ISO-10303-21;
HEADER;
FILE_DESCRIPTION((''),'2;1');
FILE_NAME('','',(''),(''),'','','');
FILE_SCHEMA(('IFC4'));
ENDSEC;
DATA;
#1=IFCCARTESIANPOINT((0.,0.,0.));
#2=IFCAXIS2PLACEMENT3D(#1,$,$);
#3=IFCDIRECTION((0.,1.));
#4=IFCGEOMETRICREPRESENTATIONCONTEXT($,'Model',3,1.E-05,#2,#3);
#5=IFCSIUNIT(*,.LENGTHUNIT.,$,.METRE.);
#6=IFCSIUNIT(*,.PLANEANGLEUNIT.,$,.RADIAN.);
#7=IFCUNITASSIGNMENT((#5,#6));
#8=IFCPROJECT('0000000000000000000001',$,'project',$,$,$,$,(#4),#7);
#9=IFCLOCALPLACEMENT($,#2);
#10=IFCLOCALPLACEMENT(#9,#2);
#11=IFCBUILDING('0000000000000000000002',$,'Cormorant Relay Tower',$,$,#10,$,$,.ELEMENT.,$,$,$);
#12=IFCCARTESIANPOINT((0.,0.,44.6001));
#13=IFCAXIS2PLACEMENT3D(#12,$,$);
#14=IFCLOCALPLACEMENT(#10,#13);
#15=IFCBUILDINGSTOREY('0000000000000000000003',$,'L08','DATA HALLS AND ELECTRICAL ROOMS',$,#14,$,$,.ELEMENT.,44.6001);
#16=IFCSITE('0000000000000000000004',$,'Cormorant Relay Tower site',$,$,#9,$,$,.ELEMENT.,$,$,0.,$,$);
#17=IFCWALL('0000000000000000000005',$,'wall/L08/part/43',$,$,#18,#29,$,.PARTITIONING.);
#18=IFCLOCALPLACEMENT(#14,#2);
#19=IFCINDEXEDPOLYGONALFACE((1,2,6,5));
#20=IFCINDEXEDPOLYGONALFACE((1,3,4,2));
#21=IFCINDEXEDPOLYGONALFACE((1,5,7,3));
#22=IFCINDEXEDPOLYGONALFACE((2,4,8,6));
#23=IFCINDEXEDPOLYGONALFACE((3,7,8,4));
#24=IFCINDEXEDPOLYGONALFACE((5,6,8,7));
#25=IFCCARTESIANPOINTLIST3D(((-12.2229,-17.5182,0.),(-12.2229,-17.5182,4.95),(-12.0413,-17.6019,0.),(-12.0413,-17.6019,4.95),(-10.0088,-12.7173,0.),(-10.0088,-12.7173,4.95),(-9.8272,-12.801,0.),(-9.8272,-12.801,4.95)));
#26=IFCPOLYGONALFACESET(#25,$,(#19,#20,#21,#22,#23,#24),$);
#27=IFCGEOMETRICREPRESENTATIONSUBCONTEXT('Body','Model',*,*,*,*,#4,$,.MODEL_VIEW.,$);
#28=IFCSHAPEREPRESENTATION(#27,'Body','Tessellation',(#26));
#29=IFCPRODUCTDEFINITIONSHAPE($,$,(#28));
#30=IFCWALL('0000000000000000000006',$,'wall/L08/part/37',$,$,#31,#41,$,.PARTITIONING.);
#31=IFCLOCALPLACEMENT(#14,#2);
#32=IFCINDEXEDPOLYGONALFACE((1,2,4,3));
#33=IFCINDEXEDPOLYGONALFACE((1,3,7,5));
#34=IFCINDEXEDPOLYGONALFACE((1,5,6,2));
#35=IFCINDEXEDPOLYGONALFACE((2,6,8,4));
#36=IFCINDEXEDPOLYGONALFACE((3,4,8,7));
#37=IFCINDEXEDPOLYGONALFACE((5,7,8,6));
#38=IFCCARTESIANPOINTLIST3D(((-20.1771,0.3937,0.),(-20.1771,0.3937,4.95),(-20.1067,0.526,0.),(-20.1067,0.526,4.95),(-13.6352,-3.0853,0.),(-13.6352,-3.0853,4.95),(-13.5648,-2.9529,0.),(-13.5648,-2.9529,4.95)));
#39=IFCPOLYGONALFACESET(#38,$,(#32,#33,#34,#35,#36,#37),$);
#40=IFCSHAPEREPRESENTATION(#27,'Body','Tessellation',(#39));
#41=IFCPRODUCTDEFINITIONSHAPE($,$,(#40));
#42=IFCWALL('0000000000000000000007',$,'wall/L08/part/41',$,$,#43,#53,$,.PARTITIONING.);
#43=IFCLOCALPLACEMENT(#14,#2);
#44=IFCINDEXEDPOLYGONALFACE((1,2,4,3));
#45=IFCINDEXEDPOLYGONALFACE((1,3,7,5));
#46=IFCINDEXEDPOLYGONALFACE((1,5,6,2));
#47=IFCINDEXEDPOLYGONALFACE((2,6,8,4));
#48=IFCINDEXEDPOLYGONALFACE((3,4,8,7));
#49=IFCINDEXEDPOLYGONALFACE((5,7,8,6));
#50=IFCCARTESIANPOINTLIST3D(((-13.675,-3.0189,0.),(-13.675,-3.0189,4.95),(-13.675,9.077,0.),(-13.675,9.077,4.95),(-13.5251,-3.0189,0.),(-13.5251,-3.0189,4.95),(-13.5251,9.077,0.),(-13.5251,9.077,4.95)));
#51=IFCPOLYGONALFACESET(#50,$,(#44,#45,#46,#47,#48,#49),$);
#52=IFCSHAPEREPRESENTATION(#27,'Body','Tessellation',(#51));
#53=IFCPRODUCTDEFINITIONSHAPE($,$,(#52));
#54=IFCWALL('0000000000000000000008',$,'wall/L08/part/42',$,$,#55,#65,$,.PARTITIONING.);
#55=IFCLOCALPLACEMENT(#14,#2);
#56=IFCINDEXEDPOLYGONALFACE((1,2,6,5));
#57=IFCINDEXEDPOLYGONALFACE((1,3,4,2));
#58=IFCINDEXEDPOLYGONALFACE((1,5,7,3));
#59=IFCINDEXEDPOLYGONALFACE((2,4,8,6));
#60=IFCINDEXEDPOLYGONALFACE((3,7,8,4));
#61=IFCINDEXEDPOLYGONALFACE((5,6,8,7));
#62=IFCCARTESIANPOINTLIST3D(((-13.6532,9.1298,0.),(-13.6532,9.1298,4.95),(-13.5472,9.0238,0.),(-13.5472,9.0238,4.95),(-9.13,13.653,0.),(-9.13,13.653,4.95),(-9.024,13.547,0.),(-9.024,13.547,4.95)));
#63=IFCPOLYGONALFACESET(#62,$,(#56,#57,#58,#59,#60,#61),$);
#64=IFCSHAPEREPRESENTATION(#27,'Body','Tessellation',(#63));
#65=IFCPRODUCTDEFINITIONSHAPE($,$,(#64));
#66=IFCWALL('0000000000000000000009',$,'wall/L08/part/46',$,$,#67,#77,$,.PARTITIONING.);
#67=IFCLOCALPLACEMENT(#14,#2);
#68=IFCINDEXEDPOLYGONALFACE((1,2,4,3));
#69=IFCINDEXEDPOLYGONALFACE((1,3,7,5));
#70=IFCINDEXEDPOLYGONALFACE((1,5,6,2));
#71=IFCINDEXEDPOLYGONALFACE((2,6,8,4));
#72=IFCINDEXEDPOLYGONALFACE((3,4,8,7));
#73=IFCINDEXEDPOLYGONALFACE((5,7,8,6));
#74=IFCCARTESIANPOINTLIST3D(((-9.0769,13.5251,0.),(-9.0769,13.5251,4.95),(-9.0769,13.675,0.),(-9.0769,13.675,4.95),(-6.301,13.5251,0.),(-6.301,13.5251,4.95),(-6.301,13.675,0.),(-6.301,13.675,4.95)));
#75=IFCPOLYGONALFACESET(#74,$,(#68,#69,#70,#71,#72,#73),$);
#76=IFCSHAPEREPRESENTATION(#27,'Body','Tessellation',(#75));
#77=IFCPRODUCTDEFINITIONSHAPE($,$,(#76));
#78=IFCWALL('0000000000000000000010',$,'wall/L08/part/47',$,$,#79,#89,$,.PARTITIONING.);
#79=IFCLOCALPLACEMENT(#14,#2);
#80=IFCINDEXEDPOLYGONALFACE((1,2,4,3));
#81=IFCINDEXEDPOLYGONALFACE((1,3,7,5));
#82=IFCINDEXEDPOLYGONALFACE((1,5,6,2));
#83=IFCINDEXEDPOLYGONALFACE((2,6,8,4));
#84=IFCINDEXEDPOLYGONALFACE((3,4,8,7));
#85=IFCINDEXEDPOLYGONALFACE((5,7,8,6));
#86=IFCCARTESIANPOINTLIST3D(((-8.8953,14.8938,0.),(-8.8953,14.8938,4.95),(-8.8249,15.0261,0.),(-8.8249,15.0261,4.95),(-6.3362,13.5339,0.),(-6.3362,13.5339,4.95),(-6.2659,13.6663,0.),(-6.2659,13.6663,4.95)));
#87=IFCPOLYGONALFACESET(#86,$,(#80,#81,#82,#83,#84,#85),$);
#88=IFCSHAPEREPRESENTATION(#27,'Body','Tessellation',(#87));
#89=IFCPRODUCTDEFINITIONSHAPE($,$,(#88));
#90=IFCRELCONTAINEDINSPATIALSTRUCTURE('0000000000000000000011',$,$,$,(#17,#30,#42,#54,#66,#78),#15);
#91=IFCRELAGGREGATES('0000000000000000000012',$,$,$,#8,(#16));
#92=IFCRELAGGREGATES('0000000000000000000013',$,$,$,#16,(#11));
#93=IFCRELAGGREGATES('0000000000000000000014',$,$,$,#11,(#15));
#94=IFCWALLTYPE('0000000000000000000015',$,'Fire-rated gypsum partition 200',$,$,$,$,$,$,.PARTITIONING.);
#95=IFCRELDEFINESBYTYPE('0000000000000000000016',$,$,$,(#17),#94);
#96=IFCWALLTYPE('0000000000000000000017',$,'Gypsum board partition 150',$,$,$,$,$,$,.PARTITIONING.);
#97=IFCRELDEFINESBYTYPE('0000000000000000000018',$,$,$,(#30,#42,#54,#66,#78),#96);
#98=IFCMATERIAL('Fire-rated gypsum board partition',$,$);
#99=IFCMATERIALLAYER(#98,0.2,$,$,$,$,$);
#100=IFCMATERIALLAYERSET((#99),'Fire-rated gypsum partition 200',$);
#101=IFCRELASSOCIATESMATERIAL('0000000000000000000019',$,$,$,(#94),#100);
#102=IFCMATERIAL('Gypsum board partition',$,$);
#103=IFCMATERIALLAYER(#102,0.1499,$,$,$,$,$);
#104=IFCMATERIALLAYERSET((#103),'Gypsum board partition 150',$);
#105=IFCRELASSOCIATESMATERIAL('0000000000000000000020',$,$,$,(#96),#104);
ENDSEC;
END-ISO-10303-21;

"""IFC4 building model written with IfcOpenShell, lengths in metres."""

from ifc_helpers import new_model, si_unit, direction, frame, frame_2d, origin, place, context, subcontext, project, spatial, rectangle, extrude, material, layer, layer_set, type_object, element, save


model = new_model("IFC4")

# Units and contexts
model_context = context("Model", 3, precision=1e-05, world=origin(), true_north=direction((0.0, 1.0)))
body_context = subcontext(model_context, "Body", "Model", "MODEL_VIEW")
ifc_project = project(units=[si_unit("LENGTHUNIT", "METRE"), si_unit("PLANEANGLEUNIT", "RADIAN")], contexts=[model_context])

# Site, building, storey
site_placement = place(None, origin())
site = spatial("IfcSite", under=ifc_project, at=site_placement, Name="Cormorant Relay Tower site", CompositionType="ELEMENT", RefElevation=0.0)
building_placement = place(site_placement, origin())
building = spatial("IfcBuilding", under=site, at=building_placement, Name="Cormorant Relay Tower", CompositionType="ELEMENT")
storey_placement = place(building_placement, frame((0.0, 0.0, 44.6001)))
storey = spatial("IfcBuildingStorey", under=building, at=storey_placement, Name="L08", Description="DATA HALLS AND ELECTRICAL ROOMS", CompositionType="ELEMENT", Elevation=44.6001)

# Walls
ifc_material_1 = material(Name="Fire-rated gypsum board partition")
ifc_layer_1 = layer(ifc_material_1, 0.2)
ifc_layer_set_1 = layer_set([ifc_layer_1], Name="Fire-rated gypsum partition 200")
wall_type_1 = type_object("IfcWallType", Name="Fire-rated gypsum partition 200", PredefinedType="PARTITIONING", material=ifc_layer_set_1)
wall_1_placement = place(storey_placement, frame((-9.918, -12.759, 0.0), z_axis=(0.0, 0.0, 1.0), x_axis=(-0.418786, -0.908085, 0.0)))
element("IfcWall", 1, at=wall_1_placement, inside=storey, type_object=wall_type_1, Name="wall/L08/part/43", PredefinedType="PARTITIONING", context=body_context, shape_type="SweptSolid", body=[
    extrude(rectangle(XDim=5.2869, YDim=0.2, at=frame_2d((2.6436, 0.0))), origin(), (0.0, 0.0, 1.0), 4.95),
])
ifc_material_2 = material(Name="Gypsum board partition")
ifc_layer_2 = layer(ifc_material_2, 0.1499)
ifc_layer_set_2 = layer_set([ifc_layer_2], Name="Gypsum board partition 150")
wall_type_2 = type_object("IfcWallType", Name="Gypsum board partition 150", PredefinedType="PARTITIONING", material=ifc_layer_set_2)
wall_2_placement = place(storey_placement, frame((-13.6001, -3.019, 0.0), z_axis=(0.0, 0.0, 1.0), x_axis=(-0.882916, 0.469531, 0.0)))
element("IfcWall", 2, at=wall_2_placement, inside=storey, type_object=wall_type_2, Name="wall/L08/part/37", PredefinedType="PARTITIONING", context=body_context, shape_type="SweptSolid", body=[
    extrude(rectangle(XDim=7.4094, YDim=0.1499, at=frame_2d((3.7046, 0.0))), origin(), (0.0, 0.0, 1.0), 4.95),
])
wall_3_placement = place(storey_placement, frame((-13.6001, 9.0769, 0.0), z_axis=(0.0, 0.0, 1.0), x_axis=(0.0, -1.0, 0.0)))
element("IfcWall", 3, at=wall_3_placement, inside=storey, type_object=wall_type_2, Name="wall/L08/part/41", PredefinedType="PARTITIONING", context=body_context, shape_type="SweptSolid", body=[
    extrude(rectangle(XDim=12.0959, YDim=0.1499, at=frame_2d((6.0479, 0.0))), origin(), (0.0, 0.0, 1.0), 4.95),
])
wall_4_placement = place(storey_placement, frame((-13.6001, 9.0769, 0.0), z_axis=(0.0, 0.0, 1.0), x_axis=(0.707107, 0.707107, 0.0)))
element("IfcWall", 4, at=wall_4_placement, inside=storey, type_object=wall_type_2, Name="wall/L08/part/42", PredefinedType="PARTITIONING", context=body_context, shape_type="SweptSolid", body=[
    extrude(rectangle(XDim=6.3967, YDim=0.1499, at=frame_2d((3.1982, 0.0))), origin(), (0.0, 0.0, 1.0), 4.95),
])
wall_5_placement = place(storey_placement, frame((-6.301, 13.6001, 0.0), z_axis=(0.0, 0.0, 1.0), x_axis=(-1.0, 0.0, 0.0)))
element("IfcWall", 5, at=wall_5_placement, inside=storey, type_object=wall_type_2, Name="wall/L08/part/46", PredefinedType="PARTITIONING", context=body_context, shape_type="SweptSolid", body=[
    extrude(rectangle(XDim=2.7759, YDim=0.1499, at=frame_2d((1.3879, 0.0))), origin(), (0.0, 0.0, 1.0), 4.95),
])
wall_6_placement = place(storey_placement, frame((-6.301, 13.6001, 0.0), z_axis=(0.0, 0.0, 1.0), x_axis=(-0.883066, 0.46925, 0.0)))
element("IfcWall", 6, at=wall_6_placement, inside=storey, type_object=wall_type_2, Name="wall/L08/part/47", PredefinedType="PARTITIONING", context=body_context, shape_type="SweptSolid", body=[
    extrude(rectangle(XDim=2.8979, YDim=0.1499, at=frame_2d((1.449, 0.0))), origin(), (0.0, 0.0, 1.0), 4.95),
])

save(model, "model.ifc")
